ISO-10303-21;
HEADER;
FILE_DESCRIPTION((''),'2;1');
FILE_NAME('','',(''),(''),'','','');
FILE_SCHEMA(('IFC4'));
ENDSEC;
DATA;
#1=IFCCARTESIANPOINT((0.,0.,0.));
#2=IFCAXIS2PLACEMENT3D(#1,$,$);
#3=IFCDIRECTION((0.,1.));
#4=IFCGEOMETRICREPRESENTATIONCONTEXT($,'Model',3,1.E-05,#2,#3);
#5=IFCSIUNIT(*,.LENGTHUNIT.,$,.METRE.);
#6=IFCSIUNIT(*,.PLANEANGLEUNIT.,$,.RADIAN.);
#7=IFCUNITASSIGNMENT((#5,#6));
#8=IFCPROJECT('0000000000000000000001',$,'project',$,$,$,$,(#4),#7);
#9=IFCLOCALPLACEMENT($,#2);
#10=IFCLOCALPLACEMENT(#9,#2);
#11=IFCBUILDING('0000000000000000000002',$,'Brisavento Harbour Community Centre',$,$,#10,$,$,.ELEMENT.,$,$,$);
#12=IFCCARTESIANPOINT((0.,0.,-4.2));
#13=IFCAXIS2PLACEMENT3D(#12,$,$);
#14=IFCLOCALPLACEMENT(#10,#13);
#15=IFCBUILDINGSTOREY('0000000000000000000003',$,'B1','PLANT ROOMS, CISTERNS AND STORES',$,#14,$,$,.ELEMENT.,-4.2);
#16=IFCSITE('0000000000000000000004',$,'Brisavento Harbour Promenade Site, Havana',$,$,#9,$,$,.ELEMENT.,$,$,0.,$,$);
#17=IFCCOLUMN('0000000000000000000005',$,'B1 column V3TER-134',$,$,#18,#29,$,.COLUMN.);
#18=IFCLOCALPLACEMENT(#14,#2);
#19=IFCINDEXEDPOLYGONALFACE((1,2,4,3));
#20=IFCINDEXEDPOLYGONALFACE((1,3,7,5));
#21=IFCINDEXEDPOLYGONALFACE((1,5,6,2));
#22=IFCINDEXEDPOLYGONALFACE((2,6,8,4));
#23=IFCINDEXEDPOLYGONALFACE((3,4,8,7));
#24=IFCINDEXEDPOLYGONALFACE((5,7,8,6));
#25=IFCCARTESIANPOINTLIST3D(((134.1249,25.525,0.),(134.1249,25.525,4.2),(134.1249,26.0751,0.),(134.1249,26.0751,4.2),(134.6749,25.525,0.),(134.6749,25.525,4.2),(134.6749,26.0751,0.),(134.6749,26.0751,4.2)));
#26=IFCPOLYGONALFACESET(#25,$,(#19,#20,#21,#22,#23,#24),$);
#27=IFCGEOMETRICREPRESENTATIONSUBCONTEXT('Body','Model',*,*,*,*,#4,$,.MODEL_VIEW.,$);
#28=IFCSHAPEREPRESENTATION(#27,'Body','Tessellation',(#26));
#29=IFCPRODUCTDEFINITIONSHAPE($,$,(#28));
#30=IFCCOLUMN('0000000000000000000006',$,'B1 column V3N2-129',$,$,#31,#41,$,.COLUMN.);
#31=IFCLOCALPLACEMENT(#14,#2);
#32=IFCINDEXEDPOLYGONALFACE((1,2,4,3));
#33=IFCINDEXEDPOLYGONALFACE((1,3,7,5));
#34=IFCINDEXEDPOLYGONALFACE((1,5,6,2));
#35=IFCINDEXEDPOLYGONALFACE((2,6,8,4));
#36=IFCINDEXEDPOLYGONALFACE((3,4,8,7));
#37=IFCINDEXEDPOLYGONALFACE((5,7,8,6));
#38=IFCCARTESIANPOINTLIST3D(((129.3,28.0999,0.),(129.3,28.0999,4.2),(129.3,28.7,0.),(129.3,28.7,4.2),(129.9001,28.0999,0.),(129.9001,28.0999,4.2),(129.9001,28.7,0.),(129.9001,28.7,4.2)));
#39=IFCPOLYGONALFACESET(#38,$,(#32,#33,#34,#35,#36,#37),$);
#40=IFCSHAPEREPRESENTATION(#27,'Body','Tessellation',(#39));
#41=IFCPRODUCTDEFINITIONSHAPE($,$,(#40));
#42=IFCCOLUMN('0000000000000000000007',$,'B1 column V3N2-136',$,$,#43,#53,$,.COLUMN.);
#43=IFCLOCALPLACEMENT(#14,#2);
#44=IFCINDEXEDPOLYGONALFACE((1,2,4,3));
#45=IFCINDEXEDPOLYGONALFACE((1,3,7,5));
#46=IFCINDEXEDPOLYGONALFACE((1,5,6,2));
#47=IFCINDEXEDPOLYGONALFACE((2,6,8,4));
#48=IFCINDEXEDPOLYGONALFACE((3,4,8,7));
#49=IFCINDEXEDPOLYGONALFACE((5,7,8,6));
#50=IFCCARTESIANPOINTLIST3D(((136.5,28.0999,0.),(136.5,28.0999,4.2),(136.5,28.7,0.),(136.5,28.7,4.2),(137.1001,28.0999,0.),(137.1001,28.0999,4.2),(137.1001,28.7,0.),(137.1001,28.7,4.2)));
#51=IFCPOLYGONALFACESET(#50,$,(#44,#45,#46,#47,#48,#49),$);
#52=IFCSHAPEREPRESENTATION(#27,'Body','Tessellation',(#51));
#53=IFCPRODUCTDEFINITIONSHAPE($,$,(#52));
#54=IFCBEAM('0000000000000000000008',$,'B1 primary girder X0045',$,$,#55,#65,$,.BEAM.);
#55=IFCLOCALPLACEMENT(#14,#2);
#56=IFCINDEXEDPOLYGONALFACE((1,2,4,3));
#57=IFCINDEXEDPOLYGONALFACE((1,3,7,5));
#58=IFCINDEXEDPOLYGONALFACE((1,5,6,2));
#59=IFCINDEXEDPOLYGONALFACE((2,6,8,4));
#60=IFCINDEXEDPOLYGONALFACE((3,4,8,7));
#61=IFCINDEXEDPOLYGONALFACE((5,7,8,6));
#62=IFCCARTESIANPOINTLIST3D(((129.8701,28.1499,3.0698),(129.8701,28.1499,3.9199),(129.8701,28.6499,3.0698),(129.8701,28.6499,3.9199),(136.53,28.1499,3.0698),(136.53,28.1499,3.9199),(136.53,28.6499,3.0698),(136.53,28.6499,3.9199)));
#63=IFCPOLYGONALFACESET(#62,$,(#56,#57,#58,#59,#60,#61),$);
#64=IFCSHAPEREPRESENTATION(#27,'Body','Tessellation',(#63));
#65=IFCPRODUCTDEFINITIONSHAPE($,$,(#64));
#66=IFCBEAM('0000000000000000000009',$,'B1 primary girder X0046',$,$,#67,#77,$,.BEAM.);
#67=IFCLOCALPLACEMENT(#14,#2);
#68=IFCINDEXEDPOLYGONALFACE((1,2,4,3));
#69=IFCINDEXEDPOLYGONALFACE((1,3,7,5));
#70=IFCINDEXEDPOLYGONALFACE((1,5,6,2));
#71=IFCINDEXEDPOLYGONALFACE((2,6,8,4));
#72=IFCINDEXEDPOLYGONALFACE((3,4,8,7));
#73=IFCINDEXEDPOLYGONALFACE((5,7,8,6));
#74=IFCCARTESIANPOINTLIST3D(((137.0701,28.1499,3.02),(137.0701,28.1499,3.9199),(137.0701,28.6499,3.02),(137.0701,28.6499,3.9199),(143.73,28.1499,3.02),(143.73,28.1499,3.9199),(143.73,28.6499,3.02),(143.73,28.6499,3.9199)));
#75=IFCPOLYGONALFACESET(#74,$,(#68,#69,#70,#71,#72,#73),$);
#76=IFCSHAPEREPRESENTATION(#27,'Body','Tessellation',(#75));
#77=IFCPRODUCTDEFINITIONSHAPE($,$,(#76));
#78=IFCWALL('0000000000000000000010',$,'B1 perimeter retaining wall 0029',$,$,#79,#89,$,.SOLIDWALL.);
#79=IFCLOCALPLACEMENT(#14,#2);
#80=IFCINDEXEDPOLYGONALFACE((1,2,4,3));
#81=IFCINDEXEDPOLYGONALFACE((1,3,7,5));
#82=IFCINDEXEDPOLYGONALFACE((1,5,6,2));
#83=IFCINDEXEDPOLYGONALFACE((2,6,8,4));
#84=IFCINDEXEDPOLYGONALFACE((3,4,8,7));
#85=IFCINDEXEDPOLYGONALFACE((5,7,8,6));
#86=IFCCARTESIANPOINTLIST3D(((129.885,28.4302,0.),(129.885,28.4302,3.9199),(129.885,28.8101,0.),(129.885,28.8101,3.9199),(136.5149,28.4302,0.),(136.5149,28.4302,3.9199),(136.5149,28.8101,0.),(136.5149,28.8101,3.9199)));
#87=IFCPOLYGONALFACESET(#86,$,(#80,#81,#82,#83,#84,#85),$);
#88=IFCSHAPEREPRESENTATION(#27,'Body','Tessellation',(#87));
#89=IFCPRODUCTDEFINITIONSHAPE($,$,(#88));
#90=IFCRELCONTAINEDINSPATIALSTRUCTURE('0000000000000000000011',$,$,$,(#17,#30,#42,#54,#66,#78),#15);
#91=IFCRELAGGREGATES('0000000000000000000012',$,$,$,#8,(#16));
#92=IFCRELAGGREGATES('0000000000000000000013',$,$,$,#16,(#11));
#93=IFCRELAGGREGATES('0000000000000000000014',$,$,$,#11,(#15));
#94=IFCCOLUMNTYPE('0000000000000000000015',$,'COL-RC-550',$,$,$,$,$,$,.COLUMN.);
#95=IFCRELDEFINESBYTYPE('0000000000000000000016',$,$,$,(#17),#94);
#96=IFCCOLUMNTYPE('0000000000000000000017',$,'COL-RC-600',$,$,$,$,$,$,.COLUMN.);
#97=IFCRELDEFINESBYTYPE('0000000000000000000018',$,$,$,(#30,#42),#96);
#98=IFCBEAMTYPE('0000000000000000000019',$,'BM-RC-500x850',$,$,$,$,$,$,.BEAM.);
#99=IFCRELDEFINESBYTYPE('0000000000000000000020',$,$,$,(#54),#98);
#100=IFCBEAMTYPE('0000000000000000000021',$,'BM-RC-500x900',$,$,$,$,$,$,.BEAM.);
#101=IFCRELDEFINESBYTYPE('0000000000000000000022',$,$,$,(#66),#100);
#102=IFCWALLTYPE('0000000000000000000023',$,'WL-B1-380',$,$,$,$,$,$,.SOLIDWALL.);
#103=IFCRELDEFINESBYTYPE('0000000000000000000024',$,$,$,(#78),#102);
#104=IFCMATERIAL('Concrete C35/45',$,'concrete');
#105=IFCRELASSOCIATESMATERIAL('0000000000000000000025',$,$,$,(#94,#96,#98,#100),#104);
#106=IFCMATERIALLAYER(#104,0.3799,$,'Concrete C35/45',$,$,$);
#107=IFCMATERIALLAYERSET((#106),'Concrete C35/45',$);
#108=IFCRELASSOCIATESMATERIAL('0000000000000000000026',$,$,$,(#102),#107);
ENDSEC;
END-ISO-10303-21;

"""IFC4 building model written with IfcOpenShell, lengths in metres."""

from ifc_helpers import new_model, si_unit, direction, frame, frame_2d, origin, origin_2d, place, context, subcontext, project, spatial, rectangle, extrude, material, layer, layer_set, material_profile, profile_set, type_object, element, save


model = new_model("IFC4")

# Units and contexts
model_context = context("Model", 3, precision=1e-05, world=origin(), true_north=direction((0.0, 1.0)))
body_context = subcontext(model_context, "Body", "Model", "MODEL_VIEW")
ifc_project = project(units=[si_unit("LENGTHUNIT", "METRE"), si_unit("PLANEANGLEUNIT", "RADIAN")], contexts=[model_context])

# Site, building, storey
site_placement = place(None, origin())
site = spatial("IfcSite", under=ifc_project, at=site_placement, Name="Brisavento Harbour Promenade Site, Havana", CompositionType="ELEMENT", RefElevation=0.0)
building_placement = place(site_placement, origin())
building = spatial("IfcBuilding", under=site, at=building_placement, Name="Brisavento Harbour Community Centre", CompositionType="ELEMENT")
storey_placement = place(building_placement, frame((0.0, 0.0, -4.2)))
storey = spatial("IfcBuildingStorey", under=building, at=storey_placement, Name="B1", Description="PLANT ROOMS, CISTERNS AND STORES", CompositionType="ELEMENT", Elevation=-4.2)

# Shared definitions
ifc_material = material(Name="Concrete C35/45", Category="concrete")

# Columns
ifc_material_profile_1 = material_profile(ifc_material, rectangle(XDim=0.55, YDim=0.55, at=origin_2d()), Name="Concrete C35/45")
ifc_profile_set_1 = profile_set([ifc_material_profile_1], Name="Concrete C35/45")
column_type_1 = type_object("IfcColumnType", Name="COL-RC-550", PredefinedType="COLUMN", material=ifc_profile_set_1)
column_placement = place(storey_placement, frame((134.3999, 25.8, 0.0), z_axis=(0.0, 0.0, 1.0), x_axis=(1.0, 0.0, 0.0)))
element("IfcColumn", 1, at=column_placement, inside=storey, type_object=column_type_1, Name="B1 column V3TER-134", PredefinedType="COLUMN", context=body_context, shape_type="SweptSolid", body=[
    extrude(rectangle(XDim=0.55, YDim=0.55, at=origin_2d()), origin(), (0.0, 0.0, 1.0), 4.2),
])
ifc_material_profile_2 = material_profile(ifc_material, rectangle(XDim=0.6001, YDim=0.6001, at=origin_2d()), Name="Concrete C35/45")
ifc_profile_set_2 = profile_set([ifc_material_profile_2], Name="Concrete C35/45")
column_type_2 = type_object("IfcColumnType", Name="COL-RC-600", PredefinedType="COLUMN", material=ifc_profile_set_2)
for number, where, z_axis, x_axis, name in (
    (2, (129.6001, 28.3999, 0.0), (0.0, 0.0, 1.0), (1.0, 0.0, 0.0), "B1 column V3N2-129"),
    (3, (136.8, 28.3999, 0.0), (0.0, 0.0, 1.0), (1.0, 0.0, 0.0), "B1 column V3N2-136"),
):
    element("IfcColumn", number, at=place(storey_placement, frame(where, z_axis=z_axis, x_axis=x_axis)), inside=storey, type_object=column_type_2, Name=name, PredefinedType="COLUMN", context=body_context, shape_type="SweptSolid", body=[
        extrude(rectangle(XDim=0.6001, YDim=0.6001, at=origin_2d()), origin(), (0.0, 0.0, 1.0), 4.2),
    ])

# Beams
ifc_material_profile_3 = material_profile(ifc_material, rectangle(XDim=0.5, YDim=0.8501, at=origin_2d()), Name="Concrete C35/45")
ifc_profile_set_3 = profile_set([ifc_material_profile_3], Name="Concrete C35/45")
beam_type_1 = type_object("IfcBeamType", Name="BM-RC-500x850", PredefinedType="BEAM", material=ifc_profile_set_3)
beam_1_placement = place(storey_placement, frame((129.8701, 28.3999, 3.4949), z_axis=(1.0, 0.0, 0.0), x_axis=(0.0, 1.0, 0.0)))
element("IfcBeam", 4, at=beam_1_placement, inside=storey, type_object=beam_type_1, Name="B1 primary girder X0045", PredefinedType="BEAM", context=body_context, shape_type="SweptSolid", body=[
    extrude(rectangle(XDim=0.5, YDim=0.8501, at=origin_2d()), origin(), (0.0, 0.0, 1.0), 6.6599),
])
ifc_material_profile_4 = material_profile(ifc_material, rectangle(XDim=0.5, YDim=0.8999, at=origin_2d()), Name="Concrete C35/45")
ifc_profile_set_4 = profile_set([ifc_material_profile_4], Name="Concrete C35/45")
beam_type_2 = type_object("IfcBeamType", Name="BM-RC-500x900", PredefinedType="BEAM", material=ifc_profile_set_4)
beam_2_placement = place(storey_placement, frame((137.0701, 28.3999, 3.47), z_axis=(1.0, 0.0, 0.0), x_axis=(0.0, 1.0, 0.0)))
element("IfcBeam", 5, at=beam_2_placement, inside=storey, type_object=beam_type_2, Name="B1 primary girder X0046", PredefinedType="BEAM", context=body_context, shape_type="SweptSolid", body=[
    extrude(rectangle(XDim=0.5, YDim=0.8999, at=origin_2d()), origin(), (0.0, 0.0, 1.0), 6.6599),
])

# Wall
ifc_layer = layer(ifc_material, 0.3799, Name="Concrete C35/45")
ifc_layer_set = layer_set([ifc_layer], Name="Concrete C35/45")
wall_type = type_object("IfcWallType", Name="WL-B1-380", PredefinedType="SOLIDWALL", material=ifc_layer_set)
wall_1_placement = place(storey_placement, frame((129.885, 28.6201, 0.0), z_axis=(0.0, 0.0, 1.0), x_axis=(1.0, 0.0, 0.0)))
element("IfcWall", 6, at=wall_1_placement, inside=storey, type_object=wall_type, Name="B1 perimeter retaining wall 0029", PredefinedType="SOLIDWALL", context=body_context, shape_type="SweptSolid", body=[
    extrude(rectangle(XDim=6.6299, YDim=0.3799, at=frame_2d((3.3149, 0.0))), origin(), (0.0, 0.0, 1.0), 3.9199),
])

save(model, "model.ifc")
